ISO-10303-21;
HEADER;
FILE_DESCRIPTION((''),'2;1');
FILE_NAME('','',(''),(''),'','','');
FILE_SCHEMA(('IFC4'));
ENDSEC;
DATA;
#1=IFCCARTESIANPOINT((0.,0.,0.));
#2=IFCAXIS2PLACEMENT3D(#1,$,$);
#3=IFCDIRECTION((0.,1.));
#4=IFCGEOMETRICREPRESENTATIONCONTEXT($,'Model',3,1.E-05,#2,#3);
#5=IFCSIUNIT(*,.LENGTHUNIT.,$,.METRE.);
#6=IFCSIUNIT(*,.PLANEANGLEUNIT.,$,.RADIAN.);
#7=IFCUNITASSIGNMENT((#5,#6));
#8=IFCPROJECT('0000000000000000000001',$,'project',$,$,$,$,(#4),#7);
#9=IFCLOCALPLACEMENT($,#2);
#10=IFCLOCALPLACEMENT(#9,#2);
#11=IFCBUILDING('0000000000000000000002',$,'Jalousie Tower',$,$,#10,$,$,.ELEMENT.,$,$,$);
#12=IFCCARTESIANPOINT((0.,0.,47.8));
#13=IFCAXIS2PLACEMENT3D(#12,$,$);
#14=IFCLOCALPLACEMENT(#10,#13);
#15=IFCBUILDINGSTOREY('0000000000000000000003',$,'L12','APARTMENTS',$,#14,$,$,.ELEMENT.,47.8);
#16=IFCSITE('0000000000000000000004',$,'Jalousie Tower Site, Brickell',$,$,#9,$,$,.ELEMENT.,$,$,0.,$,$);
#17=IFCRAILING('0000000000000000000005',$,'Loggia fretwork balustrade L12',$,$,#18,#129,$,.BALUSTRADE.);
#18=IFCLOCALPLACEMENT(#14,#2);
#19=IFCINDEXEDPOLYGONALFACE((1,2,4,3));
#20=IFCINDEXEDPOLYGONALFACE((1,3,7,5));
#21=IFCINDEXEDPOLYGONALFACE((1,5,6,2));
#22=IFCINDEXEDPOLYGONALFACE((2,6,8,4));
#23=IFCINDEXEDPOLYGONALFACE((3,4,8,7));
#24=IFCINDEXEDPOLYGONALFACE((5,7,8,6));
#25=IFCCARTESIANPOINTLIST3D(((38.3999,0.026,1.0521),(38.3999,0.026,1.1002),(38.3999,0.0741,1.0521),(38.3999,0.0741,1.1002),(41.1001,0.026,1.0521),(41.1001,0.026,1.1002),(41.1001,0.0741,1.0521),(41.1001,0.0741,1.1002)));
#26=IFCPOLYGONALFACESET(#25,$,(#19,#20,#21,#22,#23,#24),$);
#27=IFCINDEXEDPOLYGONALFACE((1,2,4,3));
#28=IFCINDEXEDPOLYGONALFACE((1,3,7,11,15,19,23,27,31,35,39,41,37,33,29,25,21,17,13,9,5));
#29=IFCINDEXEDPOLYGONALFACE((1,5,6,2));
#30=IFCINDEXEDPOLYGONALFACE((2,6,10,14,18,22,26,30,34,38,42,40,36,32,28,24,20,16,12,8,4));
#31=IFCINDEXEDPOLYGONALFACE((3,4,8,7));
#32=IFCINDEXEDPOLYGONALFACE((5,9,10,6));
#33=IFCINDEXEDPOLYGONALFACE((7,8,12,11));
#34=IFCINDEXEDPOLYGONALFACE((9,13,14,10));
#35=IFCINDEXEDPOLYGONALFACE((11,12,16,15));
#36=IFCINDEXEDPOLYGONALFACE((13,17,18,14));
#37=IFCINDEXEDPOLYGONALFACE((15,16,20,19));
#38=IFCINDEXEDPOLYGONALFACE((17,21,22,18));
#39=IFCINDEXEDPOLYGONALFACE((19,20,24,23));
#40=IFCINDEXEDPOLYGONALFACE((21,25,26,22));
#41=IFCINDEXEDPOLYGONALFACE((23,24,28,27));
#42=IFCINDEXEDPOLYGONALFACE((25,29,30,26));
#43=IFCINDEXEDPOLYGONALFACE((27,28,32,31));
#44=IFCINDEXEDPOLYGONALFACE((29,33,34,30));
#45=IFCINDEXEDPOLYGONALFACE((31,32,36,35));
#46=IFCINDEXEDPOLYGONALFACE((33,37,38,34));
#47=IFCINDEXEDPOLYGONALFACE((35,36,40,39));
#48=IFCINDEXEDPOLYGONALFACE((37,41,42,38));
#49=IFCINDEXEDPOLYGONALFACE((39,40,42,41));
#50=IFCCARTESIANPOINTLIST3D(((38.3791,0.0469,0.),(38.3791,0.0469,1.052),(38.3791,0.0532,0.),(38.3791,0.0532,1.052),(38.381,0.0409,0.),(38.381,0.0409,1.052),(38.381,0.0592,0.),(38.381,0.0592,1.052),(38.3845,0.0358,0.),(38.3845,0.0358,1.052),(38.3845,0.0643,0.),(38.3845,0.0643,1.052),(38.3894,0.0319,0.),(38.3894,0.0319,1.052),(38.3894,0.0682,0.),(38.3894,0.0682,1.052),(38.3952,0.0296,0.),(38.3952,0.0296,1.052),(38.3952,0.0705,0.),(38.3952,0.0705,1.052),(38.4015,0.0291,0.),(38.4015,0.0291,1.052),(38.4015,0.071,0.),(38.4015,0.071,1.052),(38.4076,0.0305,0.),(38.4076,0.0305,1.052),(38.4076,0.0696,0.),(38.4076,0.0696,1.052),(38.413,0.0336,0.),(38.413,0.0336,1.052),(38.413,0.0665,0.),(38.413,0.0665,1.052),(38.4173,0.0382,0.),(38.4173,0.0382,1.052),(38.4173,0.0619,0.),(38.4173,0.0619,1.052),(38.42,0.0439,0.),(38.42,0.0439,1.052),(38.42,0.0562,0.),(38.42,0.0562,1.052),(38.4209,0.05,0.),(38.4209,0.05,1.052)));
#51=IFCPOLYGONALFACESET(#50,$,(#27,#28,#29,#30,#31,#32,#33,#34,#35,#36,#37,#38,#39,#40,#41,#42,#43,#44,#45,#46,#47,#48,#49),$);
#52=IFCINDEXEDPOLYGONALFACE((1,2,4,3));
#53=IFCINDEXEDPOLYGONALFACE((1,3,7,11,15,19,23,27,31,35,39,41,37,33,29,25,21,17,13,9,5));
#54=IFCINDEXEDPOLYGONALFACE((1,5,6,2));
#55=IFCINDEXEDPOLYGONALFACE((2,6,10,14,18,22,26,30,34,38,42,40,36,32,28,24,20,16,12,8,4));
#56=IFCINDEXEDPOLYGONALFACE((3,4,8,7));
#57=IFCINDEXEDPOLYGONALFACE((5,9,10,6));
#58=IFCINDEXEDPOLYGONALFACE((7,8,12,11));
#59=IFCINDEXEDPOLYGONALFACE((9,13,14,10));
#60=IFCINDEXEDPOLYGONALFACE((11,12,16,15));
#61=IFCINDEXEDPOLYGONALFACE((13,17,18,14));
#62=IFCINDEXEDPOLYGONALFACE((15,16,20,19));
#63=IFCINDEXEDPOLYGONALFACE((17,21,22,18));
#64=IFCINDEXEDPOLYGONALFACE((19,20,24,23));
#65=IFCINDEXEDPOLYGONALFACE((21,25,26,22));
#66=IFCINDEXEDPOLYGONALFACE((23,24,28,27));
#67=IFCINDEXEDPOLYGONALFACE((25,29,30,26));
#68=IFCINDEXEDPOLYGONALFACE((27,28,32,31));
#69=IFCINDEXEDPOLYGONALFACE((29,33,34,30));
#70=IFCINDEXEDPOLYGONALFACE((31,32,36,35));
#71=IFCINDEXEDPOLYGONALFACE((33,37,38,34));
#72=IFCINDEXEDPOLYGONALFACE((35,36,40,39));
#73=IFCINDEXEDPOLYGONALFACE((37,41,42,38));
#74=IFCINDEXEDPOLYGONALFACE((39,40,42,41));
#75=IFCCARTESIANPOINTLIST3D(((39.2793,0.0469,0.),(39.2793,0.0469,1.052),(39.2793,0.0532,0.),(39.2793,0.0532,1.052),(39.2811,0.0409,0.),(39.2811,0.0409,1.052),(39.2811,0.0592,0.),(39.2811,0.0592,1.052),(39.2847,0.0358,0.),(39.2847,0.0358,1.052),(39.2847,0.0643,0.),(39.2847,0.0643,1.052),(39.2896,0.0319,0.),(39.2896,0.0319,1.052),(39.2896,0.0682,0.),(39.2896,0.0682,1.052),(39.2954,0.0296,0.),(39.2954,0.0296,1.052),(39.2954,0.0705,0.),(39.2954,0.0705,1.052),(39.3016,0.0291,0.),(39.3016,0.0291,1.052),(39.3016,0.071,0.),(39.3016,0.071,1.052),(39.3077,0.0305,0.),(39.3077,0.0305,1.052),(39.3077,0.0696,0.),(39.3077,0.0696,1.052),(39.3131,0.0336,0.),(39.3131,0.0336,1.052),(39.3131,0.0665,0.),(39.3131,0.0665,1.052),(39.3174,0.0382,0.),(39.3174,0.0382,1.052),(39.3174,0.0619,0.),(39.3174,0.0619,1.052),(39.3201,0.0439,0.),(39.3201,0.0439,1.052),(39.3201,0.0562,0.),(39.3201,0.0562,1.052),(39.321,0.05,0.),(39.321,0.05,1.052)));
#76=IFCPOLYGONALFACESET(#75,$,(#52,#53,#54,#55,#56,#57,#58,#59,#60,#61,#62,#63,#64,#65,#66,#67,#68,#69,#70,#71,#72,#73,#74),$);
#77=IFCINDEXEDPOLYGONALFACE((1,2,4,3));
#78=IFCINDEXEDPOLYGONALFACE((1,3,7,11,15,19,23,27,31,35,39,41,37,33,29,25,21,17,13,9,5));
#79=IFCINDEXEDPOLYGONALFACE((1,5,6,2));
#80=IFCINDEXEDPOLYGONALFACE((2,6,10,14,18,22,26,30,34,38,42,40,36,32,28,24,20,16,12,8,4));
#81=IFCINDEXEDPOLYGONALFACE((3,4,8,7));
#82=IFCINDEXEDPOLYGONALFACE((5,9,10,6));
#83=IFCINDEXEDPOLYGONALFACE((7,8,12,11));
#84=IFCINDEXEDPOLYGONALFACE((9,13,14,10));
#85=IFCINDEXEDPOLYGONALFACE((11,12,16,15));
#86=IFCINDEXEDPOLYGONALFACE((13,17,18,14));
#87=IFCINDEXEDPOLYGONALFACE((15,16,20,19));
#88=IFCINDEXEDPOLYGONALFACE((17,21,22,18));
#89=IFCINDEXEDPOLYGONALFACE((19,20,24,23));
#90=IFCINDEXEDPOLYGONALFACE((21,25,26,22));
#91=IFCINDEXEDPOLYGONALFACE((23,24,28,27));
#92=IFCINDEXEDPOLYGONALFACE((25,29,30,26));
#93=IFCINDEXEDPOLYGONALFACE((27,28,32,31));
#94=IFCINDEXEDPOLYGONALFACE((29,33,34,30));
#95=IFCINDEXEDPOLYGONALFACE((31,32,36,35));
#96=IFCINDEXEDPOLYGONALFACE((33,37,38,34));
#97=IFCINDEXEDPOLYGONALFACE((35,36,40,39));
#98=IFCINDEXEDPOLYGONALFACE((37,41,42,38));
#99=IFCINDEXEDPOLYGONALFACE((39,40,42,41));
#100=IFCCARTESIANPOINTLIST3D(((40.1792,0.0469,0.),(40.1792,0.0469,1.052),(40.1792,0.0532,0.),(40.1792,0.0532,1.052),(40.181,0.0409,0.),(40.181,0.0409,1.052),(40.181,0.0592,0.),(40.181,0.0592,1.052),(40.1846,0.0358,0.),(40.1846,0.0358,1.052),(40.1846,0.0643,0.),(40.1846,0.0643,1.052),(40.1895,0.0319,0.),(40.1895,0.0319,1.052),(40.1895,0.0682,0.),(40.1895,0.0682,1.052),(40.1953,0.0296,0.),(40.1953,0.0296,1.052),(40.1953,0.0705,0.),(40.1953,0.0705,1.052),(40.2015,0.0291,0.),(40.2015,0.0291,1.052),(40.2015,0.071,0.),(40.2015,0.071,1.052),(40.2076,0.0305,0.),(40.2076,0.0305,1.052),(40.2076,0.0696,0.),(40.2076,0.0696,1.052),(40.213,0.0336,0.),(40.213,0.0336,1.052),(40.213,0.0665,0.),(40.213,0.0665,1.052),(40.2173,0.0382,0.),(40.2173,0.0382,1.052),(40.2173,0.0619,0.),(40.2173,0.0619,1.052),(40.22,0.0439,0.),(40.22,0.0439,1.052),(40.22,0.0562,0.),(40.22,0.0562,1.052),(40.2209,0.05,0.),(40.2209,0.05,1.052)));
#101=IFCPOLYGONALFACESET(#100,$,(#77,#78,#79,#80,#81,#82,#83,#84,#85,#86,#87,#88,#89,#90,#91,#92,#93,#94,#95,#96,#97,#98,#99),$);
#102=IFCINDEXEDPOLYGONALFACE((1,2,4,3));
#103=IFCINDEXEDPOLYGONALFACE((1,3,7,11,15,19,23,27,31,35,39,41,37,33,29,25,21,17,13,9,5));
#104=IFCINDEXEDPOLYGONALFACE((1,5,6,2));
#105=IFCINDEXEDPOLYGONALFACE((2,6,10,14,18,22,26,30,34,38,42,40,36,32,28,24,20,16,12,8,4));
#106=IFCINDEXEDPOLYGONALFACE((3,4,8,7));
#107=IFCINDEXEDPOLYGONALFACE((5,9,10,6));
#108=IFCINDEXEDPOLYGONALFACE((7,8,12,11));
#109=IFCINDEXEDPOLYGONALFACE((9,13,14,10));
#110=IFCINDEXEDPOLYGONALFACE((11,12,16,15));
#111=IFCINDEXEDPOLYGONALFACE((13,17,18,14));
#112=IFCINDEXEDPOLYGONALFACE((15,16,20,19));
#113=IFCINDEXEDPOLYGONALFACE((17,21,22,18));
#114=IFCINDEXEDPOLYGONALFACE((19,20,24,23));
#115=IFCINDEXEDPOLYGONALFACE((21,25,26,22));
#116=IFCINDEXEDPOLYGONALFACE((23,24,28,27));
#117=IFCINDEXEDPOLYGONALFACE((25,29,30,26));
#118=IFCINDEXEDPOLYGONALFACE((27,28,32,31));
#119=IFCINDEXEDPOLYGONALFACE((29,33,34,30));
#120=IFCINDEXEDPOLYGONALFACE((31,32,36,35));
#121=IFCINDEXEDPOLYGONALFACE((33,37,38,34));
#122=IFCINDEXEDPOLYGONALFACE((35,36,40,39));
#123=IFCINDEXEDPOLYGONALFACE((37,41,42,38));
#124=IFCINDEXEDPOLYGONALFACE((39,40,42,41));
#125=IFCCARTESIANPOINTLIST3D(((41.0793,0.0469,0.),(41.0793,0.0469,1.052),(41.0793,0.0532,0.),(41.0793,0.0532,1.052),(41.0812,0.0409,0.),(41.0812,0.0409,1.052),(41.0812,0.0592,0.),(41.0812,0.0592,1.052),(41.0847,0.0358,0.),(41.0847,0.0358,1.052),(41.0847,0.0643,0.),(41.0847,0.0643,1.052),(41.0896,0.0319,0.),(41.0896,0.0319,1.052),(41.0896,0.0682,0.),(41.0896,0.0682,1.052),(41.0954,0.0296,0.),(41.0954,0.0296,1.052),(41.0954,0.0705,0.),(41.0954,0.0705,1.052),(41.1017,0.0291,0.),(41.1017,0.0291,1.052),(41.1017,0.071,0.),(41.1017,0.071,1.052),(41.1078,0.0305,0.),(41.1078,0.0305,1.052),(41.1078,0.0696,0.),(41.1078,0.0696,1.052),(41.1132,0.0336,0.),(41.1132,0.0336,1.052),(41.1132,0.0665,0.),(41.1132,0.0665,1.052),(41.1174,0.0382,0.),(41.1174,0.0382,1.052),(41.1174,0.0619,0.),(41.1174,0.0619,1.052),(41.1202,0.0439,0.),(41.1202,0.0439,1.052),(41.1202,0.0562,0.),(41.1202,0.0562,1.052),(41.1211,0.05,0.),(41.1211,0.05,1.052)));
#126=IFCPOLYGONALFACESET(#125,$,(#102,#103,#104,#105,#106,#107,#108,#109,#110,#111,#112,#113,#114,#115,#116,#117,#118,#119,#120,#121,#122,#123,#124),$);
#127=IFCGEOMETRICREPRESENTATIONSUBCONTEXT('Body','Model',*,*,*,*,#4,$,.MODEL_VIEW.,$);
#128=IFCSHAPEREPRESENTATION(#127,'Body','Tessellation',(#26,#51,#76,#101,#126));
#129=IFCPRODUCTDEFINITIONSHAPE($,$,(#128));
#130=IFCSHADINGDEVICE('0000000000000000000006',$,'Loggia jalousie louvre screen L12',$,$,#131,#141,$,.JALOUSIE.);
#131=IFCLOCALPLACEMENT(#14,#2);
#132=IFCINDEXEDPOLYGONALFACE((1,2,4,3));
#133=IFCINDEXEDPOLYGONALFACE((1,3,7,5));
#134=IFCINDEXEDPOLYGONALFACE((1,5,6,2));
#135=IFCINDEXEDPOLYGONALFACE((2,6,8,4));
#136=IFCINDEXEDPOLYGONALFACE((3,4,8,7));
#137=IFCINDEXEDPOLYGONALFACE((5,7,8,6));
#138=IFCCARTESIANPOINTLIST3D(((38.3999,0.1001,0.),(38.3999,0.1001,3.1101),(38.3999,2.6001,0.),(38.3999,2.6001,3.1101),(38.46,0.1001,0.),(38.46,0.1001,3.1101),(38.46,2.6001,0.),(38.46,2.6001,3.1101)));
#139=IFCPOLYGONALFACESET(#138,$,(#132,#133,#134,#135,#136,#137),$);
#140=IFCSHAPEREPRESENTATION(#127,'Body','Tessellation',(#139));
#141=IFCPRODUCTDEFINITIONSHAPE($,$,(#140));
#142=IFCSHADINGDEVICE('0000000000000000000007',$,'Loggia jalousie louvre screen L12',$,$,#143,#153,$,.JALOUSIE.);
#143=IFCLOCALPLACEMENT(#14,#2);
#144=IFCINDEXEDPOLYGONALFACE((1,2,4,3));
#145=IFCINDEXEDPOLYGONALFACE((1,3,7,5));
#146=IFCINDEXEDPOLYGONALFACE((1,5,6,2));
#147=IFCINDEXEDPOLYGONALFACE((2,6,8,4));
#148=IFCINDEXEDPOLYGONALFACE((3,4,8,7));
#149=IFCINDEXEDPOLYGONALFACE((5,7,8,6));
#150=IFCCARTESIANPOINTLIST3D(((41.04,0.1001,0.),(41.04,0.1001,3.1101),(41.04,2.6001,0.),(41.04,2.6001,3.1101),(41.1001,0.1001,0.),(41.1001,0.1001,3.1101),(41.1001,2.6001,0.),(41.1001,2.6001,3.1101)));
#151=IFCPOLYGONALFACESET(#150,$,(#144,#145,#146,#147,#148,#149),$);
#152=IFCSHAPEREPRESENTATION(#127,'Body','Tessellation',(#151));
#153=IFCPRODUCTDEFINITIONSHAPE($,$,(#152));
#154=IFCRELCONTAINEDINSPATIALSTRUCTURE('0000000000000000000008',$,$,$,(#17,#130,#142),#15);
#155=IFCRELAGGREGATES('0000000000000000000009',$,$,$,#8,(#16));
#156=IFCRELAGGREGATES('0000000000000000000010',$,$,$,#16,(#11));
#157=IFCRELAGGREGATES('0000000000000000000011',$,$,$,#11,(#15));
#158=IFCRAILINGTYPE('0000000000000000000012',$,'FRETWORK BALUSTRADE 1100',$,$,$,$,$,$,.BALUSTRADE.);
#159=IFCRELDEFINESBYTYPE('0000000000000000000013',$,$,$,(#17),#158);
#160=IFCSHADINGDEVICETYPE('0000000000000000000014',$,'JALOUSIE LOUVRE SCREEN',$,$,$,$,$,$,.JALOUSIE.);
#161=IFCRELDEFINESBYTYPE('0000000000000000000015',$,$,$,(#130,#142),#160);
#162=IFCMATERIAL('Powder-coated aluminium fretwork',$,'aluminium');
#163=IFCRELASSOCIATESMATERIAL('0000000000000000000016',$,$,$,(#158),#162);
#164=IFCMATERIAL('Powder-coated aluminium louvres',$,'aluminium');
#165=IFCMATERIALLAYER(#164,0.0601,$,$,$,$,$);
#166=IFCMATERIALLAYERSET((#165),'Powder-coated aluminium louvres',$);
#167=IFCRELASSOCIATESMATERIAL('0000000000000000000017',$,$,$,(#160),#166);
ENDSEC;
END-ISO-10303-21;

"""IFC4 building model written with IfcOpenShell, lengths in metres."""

from ifc_helpers import new_model, si_unit, direction, frame, origin, origin_2d, place, context, subcontext, project, spatial, rectangle, circle, extrude, material, layer, layer_set, type_object, element, save


model = new_model("IFC4")

# Units and contexts
model_context = context("Model", 3, precision=1e-05, world=origin(), true_north=direction((0.0, 1.0)))
body_context = subcontext(model_context, "Body", "Model", "MODEL_VIEW")
ifc_project = project(units=[si_unit("LENGTHUNIT", "METRE"), si_unit("PLANEANGLEUNIT", "RADIAN")], contexts=[model_context])

# Site, building, storey
site_placement = place(None, origin())
site = spatial("IfcSite", under=ifc_project, at=site_placement, Name="Jalousie Tower Site, Brickell", CompositionType="ELEMENT", RefElevation=0.0)
building_placement = place(site_placement, origin())
building = spatial("IfcBuilding", under=site, at=building_placement, Name="Jalousie Tower", CompositionType="ELEMENT")
storey_placement = place(building_placement, frame((0.0, 0.0, 47.8)))
storey = spatial("IfcBuildingStorey", under=building, at=storey_placement, Name="L12", Description="APARTMENTS", CompositionType="ELEMENT", Elevation=47.8)

# Railing
ifc_material_1 = material(Name="Powder-coated aluminium fretwork", Category="aluminium")
railing_type = type_object("IfcRailingType", Name="FRETWORK BALUSTRADE 1100", PredefinedType="BALUSTRADE", material=ifc_material_1)
railing_placement = place(storey_placement, frame((38.3999, 0.05, 0.0)))
element("IfcRailing", 1, at=railing_placement, inside=storey, type_object=railing_type, Name="Loggia fretwork balustrade L12", PredefinedType="BALUSTRADE", context=body_context, shape_type="SweptSolid", body=[
    extrude(rectangle(XDim=0.0481, YDim=0.0481, at=origin_2d()), frame((0.0, 0.0, 1.0762), z_axis=(1.0, 0.0, 0.0), x_axis=(0.0, 1.0, 0.0)), (0.0, 0.0, 1.0), 2.7002),
    extrude(circle(Radius=0.021, at=origin_2d()), origin(), (0.0, 0.0, 1.0), 1.052),
    extrude(circle(Radius=0.021, at=origin_2d()), frame((0.9001, 0.0, 0.0)), (0.0, 0.0, 1.0), 1.052),
    extrude(circle(Radius=0.021, at=origin_2d()), frame((1.8, 0.0, 0.0)), (0.0, 0.0, 1.0), 1.052),
    extrude(circle(Radius=0.021, at=origin_2d()), frame((2.7002, 0.0, 0.0)), (0.0, 0.0, 1.0), 1.052),
])

# Shading devices
ifc_material_2 = material(Name="Powder-coated aluminium louvres", Category="aluminium")
ifc_layer_1 = layer(ifc_material_2, 0.0601)
ifc_layer_set_1 = layer_set([ifc_layer_1], Name="Powder-coated aluminium louvres")
shading_device_type_1 = type_object("IfcShadingDeviceType", Name="JALOUSIE LOUVRE SCREEN", PredefinedType="JALOUSIE", material=ifc_layer_set_1)
for number, where, z_axis, x_axis, name in (
    (2, (38.4299, 1.3501, 0.0), (0.0, 0.0, 1.0), (1.0, 0.0, 0.0), "Loggia jalousie louvre screen L12"),
    (3, (41.0701, 1.3501, 0.0), (0.0, 0.0, 1.0), (1.0, 0.0, 0.0), "Loggia jalousie louvre screen L12"),
):
    element("IfcShadingDevice", number, at=place(storey_placement, frame(where, z_axis=z_axis, x_axis=x_axis)), inside=storey, type_object=shading_device_type_1, Name=name, PredefinedType="JALOUSIE", context=body_context, shape_type="SweptSolid", body=[
        extrude(rectangle(XDim=0.0601, YDim=2.5, at=origin_2d()), origin(), (0.0, 0.0, 1.0), 3.1101),
    ])

save(model, "model.ifc")
